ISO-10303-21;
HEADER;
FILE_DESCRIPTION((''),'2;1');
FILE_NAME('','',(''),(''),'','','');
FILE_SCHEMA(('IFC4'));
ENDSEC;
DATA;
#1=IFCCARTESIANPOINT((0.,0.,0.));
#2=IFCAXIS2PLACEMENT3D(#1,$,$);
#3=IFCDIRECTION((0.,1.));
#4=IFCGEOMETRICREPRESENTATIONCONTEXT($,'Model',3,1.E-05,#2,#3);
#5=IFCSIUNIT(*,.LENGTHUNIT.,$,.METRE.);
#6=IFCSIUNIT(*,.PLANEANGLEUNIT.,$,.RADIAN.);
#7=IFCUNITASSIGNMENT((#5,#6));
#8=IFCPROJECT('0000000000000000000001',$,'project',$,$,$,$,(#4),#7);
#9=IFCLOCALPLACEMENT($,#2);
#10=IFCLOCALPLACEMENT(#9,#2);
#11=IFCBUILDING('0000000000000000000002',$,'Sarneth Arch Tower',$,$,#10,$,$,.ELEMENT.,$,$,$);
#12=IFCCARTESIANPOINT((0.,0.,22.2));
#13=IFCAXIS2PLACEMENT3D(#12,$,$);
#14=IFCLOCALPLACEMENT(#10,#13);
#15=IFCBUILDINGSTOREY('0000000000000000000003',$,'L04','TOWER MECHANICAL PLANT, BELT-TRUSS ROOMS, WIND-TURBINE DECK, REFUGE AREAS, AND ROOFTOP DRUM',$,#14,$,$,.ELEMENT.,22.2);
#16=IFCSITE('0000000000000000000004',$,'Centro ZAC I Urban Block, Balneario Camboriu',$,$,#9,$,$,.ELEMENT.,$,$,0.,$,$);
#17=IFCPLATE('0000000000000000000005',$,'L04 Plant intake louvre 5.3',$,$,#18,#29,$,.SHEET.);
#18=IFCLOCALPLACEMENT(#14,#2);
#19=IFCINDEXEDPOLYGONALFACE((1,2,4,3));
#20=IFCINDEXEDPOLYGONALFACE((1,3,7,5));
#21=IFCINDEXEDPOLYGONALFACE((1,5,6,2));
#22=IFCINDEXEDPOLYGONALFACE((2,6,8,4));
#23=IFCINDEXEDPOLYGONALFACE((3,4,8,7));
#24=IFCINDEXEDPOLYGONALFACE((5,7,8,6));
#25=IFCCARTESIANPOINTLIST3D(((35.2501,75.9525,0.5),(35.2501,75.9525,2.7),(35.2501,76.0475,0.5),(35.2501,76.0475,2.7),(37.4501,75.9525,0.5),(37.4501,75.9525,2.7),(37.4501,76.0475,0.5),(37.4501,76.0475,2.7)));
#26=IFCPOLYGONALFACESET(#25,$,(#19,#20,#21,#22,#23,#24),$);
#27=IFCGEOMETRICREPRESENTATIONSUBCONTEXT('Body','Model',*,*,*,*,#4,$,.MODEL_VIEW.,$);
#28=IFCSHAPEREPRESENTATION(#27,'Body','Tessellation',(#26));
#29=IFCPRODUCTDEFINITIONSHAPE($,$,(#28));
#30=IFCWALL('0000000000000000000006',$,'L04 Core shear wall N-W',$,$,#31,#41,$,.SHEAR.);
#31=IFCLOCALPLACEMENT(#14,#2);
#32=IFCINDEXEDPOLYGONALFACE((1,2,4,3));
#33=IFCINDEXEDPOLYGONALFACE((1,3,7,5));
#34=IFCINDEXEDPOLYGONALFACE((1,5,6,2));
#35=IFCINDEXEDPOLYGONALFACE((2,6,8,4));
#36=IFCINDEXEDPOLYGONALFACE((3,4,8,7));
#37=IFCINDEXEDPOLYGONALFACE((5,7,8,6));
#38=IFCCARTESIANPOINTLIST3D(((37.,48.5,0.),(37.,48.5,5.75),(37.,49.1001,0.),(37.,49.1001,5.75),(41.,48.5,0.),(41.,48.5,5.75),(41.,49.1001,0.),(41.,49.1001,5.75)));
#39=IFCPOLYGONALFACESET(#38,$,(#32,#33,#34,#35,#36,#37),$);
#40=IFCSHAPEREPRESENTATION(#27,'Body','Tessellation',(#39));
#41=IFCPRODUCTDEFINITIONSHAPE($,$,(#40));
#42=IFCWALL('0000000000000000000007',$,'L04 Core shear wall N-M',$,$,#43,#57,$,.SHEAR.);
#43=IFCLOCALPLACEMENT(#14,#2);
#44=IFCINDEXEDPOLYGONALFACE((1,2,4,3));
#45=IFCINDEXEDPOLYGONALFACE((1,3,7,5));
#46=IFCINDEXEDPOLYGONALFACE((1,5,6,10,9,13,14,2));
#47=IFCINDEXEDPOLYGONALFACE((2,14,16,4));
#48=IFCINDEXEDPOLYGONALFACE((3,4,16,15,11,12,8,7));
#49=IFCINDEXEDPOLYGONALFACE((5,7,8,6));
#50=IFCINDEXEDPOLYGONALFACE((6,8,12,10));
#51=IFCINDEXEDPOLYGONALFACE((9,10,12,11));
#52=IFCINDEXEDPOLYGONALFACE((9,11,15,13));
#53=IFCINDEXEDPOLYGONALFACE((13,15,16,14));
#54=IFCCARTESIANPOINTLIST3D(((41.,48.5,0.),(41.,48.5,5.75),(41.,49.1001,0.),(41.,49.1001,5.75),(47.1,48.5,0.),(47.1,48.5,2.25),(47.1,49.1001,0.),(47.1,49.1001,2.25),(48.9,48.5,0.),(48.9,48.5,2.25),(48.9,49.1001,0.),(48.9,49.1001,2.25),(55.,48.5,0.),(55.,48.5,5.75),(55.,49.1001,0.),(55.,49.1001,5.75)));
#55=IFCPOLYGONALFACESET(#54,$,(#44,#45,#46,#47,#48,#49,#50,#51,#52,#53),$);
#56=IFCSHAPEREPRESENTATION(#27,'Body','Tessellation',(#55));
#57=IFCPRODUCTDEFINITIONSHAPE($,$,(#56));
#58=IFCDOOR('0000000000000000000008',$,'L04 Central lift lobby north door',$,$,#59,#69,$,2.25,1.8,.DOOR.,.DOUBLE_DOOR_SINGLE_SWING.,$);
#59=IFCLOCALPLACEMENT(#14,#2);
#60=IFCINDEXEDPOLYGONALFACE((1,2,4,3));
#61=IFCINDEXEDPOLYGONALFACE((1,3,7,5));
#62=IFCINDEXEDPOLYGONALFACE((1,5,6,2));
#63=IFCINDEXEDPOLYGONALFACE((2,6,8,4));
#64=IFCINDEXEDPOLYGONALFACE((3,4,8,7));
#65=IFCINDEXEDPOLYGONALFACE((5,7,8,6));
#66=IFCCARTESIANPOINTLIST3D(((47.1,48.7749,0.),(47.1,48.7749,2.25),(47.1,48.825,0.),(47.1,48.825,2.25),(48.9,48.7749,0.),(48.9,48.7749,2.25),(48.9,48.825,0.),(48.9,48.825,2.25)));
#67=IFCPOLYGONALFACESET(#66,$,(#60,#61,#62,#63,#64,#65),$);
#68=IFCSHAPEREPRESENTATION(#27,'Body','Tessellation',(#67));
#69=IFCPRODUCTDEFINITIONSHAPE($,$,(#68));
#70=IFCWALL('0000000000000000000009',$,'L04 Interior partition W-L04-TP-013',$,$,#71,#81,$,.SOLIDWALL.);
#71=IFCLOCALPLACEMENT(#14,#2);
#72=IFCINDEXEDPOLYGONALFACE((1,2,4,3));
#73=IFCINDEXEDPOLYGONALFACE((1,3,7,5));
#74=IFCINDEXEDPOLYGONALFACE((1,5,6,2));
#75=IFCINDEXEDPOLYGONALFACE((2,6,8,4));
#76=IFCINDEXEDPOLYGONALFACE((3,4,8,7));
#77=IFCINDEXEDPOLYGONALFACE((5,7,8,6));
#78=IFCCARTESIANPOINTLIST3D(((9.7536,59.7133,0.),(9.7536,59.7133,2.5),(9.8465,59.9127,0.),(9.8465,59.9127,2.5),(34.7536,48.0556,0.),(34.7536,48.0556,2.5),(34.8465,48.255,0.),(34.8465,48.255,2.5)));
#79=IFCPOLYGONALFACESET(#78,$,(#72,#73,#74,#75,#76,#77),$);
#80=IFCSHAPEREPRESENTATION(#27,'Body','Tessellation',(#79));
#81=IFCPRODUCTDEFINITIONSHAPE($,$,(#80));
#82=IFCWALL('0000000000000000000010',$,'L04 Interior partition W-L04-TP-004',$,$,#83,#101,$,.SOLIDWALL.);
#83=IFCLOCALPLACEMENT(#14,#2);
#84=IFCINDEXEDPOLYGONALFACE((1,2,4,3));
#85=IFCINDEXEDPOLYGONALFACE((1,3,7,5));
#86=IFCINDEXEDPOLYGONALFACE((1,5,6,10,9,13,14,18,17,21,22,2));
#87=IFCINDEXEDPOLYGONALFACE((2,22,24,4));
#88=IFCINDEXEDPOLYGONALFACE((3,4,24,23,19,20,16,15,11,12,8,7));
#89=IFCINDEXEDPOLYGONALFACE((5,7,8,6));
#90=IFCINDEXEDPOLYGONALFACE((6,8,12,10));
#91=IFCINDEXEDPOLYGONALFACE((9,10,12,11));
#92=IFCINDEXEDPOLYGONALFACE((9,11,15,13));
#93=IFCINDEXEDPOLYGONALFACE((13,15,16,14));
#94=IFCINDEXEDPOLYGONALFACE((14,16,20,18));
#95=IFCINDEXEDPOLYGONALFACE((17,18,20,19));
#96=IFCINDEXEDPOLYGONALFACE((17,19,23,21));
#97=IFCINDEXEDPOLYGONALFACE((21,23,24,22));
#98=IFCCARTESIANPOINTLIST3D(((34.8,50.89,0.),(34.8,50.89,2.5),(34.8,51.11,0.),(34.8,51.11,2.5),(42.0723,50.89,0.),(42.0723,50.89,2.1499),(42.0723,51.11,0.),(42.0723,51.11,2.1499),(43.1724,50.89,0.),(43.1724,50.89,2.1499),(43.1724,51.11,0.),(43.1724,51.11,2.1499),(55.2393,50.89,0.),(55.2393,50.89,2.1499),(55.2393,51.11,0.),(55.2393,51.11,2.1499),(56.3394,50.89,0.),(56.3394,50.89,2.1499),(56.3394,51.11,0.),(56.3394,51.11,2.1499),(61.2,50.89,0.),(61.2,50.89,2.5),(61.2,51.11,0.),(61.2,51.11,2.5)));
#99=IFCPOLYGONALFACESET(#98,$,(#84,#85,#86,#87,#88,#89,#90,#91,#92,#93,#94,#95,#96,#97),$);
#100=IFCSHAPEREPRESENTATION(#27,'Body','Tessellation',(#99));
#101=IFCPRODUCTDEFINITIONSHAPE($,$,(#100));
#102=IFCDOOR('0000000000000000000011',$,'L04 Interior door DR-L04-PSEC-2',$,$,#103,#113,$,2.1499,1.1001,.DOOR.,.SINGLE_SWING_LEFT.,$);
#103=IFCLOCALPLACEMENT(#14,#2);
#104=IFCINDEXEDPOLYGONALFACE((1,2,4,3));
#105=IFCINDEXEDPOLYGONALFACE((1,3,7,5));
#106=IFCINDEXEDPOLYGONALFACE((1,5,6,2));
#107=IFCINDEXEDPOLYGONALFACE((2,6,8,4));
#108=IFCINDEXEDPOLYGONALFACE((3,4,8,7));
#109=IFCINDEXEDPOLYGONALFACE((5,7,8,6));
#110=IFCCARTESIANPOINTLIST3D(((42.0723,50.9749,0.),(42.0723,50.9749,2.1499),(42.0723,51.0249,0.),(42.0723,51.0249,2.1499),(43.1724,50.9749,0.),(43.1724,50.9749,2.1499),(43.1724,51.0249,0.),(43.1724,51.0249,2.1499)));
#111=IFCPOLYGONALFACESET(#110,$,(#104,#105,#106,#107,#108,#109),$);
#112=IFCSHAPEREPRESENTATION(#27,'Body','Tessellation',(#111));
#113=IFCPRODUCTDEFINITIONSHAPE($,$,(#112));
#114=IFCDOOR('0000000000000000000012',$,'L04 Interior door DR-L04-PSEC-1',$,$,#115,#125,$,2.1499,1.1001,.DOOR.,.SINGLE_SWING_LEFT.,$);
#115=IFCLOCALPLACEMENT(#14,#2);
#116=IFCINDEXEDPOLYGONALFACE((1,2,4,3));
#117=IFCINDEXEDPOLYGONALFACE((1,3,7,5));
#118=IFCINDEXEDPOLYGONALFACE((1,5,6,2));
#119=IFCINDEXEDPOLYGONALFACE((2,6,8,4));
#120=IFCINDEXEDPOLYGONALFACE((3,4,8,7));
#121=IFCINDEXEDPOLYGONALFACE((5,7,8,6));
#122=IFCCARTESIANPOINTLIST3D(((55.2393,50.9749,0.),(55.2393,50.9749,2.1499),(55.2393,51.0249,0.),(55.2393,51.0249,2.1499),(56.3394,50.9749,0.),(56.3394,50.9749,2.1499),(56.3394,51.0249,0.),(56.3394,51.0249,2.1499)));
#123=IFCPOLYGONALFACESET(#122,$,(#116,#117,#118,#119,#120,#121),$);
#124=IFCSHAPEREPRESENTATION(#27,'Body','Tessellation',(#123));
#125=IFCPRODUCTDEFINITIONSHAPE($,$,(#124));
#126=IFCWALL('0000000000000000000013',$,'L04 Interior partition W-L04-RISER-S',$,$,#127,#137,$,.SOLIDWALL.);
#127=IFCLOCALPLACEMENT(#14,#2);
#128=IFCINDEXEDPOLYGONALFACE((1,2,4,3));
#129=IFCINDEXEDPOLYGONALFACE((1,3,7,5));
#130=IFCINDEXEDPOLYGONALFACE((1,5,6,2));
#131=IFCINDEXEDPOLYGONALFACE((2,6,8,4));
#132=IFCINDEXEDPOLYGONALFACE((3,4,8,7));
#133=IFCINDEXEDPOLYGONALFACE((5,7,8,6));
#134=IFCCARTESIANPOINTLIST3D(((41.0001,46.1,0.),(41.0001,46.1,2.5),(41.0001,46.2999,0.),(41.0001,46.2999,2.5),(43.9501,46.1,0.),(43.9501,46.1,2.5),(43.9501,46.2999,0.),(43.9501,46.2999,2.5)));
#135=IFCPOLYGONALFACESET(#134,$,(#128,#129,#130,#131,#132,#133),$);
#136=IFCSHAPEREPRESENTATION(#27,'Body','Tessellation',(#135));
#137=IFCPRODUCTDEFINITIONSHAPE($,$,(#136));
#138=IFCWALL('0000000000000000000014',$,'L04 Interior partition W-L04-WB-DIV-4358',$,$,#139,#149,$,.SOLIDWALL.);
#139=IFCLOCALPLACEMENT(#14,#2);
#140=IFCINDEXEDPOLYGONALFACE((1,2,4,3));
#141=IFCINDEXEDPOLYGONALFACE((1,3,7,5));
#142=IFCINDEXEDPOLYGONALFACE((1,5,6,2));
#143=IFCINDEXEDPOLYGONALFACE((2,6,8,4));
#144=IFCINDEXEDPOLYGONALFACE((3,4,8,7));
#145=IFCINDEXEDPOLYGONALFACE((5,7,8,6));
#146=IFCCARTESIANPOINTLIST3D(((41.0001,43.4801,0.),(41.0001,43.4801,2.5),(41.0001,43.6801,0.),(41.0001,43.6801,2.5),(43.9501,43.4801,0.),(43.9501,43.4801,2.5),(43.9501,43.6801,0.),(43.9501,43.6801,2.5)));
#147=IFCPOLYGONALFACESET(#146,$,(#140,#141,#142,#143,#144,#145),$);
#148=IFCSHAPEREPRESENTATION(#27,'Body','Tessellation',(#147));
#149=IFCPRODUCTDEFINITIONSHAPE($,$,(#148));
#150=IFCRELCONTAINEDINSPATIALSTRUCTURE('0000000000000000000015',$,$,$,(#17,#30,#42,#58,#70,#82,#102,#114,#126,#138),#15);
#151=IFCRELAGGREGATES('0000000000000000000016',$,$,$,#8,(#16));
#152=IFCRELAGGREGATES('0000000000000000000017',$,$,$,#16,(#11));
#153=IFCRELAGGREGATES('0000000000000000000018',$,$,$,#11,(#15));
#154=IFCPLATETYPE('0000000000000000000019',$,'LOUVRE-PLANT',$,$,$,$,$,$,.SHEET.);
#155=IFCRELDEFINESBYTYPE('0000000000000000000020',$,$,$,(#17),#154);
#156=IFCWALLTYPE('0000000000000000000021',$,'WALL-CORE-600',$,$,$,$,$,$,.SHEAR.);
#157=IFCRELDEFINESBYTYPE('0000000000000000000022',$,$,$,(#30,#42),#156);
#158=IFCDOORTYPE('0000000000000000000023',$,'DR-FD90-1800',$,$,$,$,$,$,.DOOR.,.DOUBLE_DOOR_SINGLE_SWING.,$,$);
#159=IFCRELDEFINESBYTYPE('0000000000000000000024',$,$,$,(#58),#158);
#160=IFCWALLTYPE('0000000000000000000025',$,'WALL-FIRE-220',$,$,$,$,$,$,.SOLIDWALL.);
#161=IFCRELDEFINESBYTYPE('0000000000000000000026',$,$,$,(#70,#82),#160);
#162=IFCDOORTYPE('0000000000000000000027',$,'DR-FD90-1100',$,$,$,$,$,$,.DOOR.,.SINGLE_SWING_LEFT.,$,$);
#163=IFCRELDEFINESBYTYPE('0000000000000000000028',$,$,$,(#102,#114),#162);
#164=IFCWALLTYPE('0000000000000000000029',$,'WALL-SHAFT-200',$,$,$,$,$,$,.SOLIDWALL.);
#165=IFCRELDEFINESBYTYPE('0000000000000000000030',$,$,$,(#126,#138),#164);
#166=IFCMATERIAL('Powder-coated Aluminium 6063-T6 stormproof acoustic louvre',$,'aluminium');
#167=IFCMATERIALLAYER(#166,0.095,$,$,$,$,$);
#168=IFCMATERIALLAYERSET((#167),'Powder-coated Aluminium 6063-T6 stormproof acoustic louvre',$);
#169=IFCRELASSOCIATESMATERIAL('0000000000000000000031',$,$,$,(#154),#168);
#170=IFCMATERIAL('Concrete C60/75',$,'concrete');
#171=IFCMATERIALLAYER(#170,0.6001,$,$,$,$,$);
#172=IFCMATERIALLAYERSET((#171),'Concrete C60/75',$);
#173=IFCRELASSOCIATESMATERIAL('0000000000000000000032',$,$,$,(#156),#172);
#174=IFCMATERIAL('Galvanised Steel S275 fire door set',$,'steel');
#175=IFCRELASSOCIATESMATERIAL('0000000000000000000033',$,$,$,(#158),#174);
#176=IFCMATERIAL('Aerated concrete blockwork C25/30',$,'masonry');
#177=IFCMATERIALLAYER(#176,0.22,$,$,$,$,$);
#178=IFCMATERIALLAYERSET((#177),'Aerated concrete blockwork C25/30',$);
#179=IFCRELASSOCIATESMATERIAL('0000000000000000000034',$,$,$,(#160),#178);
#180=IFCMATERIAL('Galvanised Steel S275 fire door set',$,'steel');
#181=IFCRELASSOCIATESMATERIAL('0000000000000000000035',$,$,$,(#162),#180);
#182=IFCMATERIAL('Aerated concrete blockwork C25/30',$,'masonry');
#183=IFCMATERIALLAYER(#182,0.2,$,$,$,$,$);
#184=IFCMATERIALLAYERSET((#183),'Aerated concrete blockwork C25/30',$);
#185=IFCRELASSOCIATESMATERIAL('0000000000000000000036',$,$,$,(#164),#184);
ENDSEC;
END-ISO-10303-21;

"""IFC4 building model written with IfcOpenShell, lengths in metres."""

from ifc_helpers import new_model, si_unit, direction, frame, frame_2d, origin, origin_2d, place, context, subcontext, project, spatial, rectangle, extrude, material, layer, layer_set, type_object, element, fill, save


model = new_model("IFC4")

# Units and contexts
model_context = context("Model", 3, precision=1e-05, world=origin(), true_north=direction((0.0, 1.0)))
body_context = subcontext(model_context, "Body", "Model", "MODEL_VIEW")
ifc_project = project(units=[si_unit("LENGTHUNIT", "METRE"), si_unit("PLANEANGLEUNIT", "RADIAN")], contexts=[model_context])

# Site, building, storey
site_placement = place(None, origin())
site = spatial("IfcSite", under=ifc_project, at=site_placement, Name="Centro ZAC I Urban Block, Balneario Camboriu", CompositionType="ELEMENT", RefElevation=0.0)
building_placement = place(site_placement, origin())
building = spatial("IfcBuilding", under=site, at=building_placement, Name="Sarneth Arch Tower", CompositionType="ELEMENT")
storey_placement = place(building_placement, frame((0.0, 0.0, 22.2)))
storey = spatial("IfcBuildingStorey", under=building, at=storey_placement, Name="L04", Description="TOWER MECHANICAL PLANT, BELT-TRUSS ROOMS, WIND-TURBINE DECK, REFUGE AREAS, AND ROOFTOP DRUM", CompositionType="ELEMENT", Elevation=22.2)

# Plate
ifc_material_1 = material(Name="Powder-coated Aluminium 6063-T6 stormproof acoustic louvre", Category="aluminium")
ifc_layer_1 = layer(ifc_material_1, 0.095)
ifc_layer_set_1 = layer_set([ifc_layer_1], Name="Powder-coated Aluminium 6063-T6 stormproof acoustic louvre")
plate_type = type_object("IfcPlateType", Name="LOUVRE-PLANT", PredefinedType="SHEET", material=ifc_layer_set_1)
plate_placement = place(storey_placement, frame((36.3501, 76.0, 0.5), z_axis=(0.0, 0.0, 1.0), x_axis=(-1.0, 0.0, 0.0)))
element("IfcPlate", 1, at=plate_placement, inside=storey, type_object=plate_type, Name="L04 Plant intake louvre 5.3", PredefinedType="SHEET", context=body_context, shape_type="SweptSolid", body=[
    extrude(rectangle(XDim=2.2, YDim=0.095, at=origin_2d()), origin(), (0.0, 0.0, 1.0), 2.2),
])

# Wall
ifc_material_2 = material(Name="Concrete C60/75", Category="concrete")
ifc_layer_2 = layer(ifc_material_2, 0.6001)
ifc_layer_set_2 = layer_set([ifc_layer_2], Name="Concrete C60/75")
wall_type_1 = type_object("IfcWallType", Name="WALL-CORE-600", PredefinedType="SHEAR", material=ifc_layer_set_2)
wall_1_placement = place(storey_placement, frame((37.0, 48.8, 0.0), z_axis=(0.0, 0.0, 1.0), x_axis=(1.0, 0.0, 0.0)))
element("IfcWall", 2, at=wall_1_placement, inside=storey, type_object=wall_type_1, Name="L04 Core shear wall N-W", PredefinedType="SHEAR", context=body_context, shape_type="SweptSolid", body=[
    extrude(rectangle(XDim=4.0, YDim=0.6001, at=frame_2d((2.0, 0.0))), origin(), (0.0, 0.0, 1.0), 5.75),
])

# Wall, opening, door
wall_2_placement = place(storey_placement, frame((41.0, 48.8, 0.0), z_axis=(0.0, 0.0, 1.0), x_axis=(1.0, 0.0, 0.0)))
wall_2 = element("IfcWall", 3, at=wall_2_placement, inside=storey, type_object=wall_type_1, Name="L04 Core shear wall N-M", PredefinedType="SHEAR", context=body_context, shape_type="SweptSolid", body=[
    extrude(rectangle(XDim=14.0, YDim=0.6001, at=frame_2d((7.0, 0.0))), origin(), (0.0, 0.0, 1.0), 5.75),
])
opening_1_placement = place(wall_2_placement, frame((6.1001, 0.0, 0.0)))
opening_1 = element("IfcOpeningElement", 4, at=opening_1_placement, cuts=wall_2, PredefinedType="OPENING", context=body_context, shape_type="SweptSolid", body=[
    extrude(rectangle(XDim=1.8, YDim=2.25, at=frame_2d((0.8999, 1.125))), frame((0.0, 0.3101, 0.0), z_axis=(0.0, -1.0, 0.0), x_axis=(1.0, 0.0, 0.0)), (0.0, 0.0, 1.0), 0.6201),
])
ifc_material_3 = material(Name="Galvanised Steel S275 fire door set", Category="steel")
door_type_1 = type_object("IfcDoorType", Name="DR-FD90-1800", OperationType="DOUBLE_DOOR_SINGLE_SWING", PredefinedType="DOOR", material=ifc_material_3)
door_1_placement = place(opening_1_placement, origin())
door_1 = element("IfcDoor", 5, at=door_1_placement, inside=storey, type_object=door_type_1, Name="L04 Central lift lobby north door", OperationType="DOUBLE_DOOR_SINGLE_SWING", OverallHeight=2.25, OverallWidth=1.8, PredefinedType="DOOR", context=body_context, shape_type="SweptSolid", body=[
    extrude(rectangle(XDim=1.8, YDim=2.25, at=frame_2d((0.8999, 1.125))), frame((0.0, 0.0249, 0.0), z_axis=(0.0, -1.0, 0.0), x_axis=(1.0, 0.0, 0.0)), (0.0, 0.0, 1.0), 0.05),
])
fill(opening_1, door_1)

# Wall
ifc_material_4 = material(Name="Aerated concrete blockwork C25/30", Category="masonry")
ifc_layer_3 = layer(ifc_material_4, 0.22)
ifc_layer_set_3 = layer_set([ifc_layer_3], Name="Aerated concrete blockwork C25/30")
wall_type_2 = type_object("IfcWallType", Name="WALL-FIRE-220", PredefinedType="SOLIDWALL", material=ifc_layer_set_3)
wall_3_placement = place(storey_placement, frame((34.8, 48.1553, 0.0), z_axis=(0.0, 0.0, 1.0), x_axis=(-0.906307, 0.422619, 0.0)))
element("IfcWall", 6, at=wall_3_placement, inside=storey, type_object=wall_type_2, Name="L04 Interior partition W-L04-TP-013", PredefinedType="SOLIDWALL", context=body_context, shape_type="SweptSolid", body=[
    extrude(rectangle(XDim=27.5845, YDim=0.22, at=frame_2d((13.7922, 0.0))), origin(), (0.0, 0.0, 1.0), 2.5),
])

# Wall, openings, doors
wall_4_placement = place(storey_placement, frame((34.8, 51.0, 0.0), z_axis=(0.0, 0.0, 1.0), x_axis=(1.0, 0.0, 0.0)))
wall_4 = element("IfcWall", 7, at=wall_4_placement, inside=storey, type_object=wall_type_2, Name="L04 Interior partition W-L04-TP-004", PredefinedType="SOLIDWALL", context=body_context, shape_type="SweptSolid", body=[
    extrude(rectangle(XDim=26.3999, YDim=0.22, at=frame_2d((13.2, 0.0))), origin(), (0.0, 0.0, 1.0), 2.5),
])
opening_2_placement = place(wall_4_placement, frame((7.2722, 0.0, 0.0)))
opening_2 = element("IfcOpeningElement", 8, at=opening_2_placement, cuts=wall_4, PredefinedType="OPENING", context=body_context, shape_type="SweptSolid", body=[
    extrude(rectangle(XDim=1.1001, YDim=2.1499, at=frame_2d((0.55, 1.075))), frame((0.0, 0.1199, 0.0), z_axis=(0.0, -1.0, 0.0), x_axis=(1.0, 0.0, 0.0)), (0.0, 0.0, 1.0), 0.24),
])
opening_3_placement = place(wall_4_placement, frame((20.4392, 0.0, 0.0)))
opening_3 = element("IfcOpeningElement", 9, at=opening_3_placement, cuts=wall_4, PredefinedType="OPENING", context=body_context, shape_type="SweptSolid", body=[
    extrude(rectangle(XDim=1.1001, YDim=2.1499, at=frame_2d((0.55, 1.075))), frame((0.0, 0.1199, 0.0), z_axis=(0.0, -1.0, 0.0), x_axis=(1.0, 0.0, 0.0)), (0.0, 0.0, 1.0), 0.24),
])
ifc_material_5 = material(Name="Galvanised Steel S275 fire door set", Category="steel")
door_type_2 = type_object("IfcDoorType", Name="DR-FD90-1100", OperationType="SINGLE_SWING_LEFT", PredefinedType="DOOR", material=ifc_material_5)
door_2_placement = place(opening_2_placement, origin())
door_2 = element("IfcDoor", 10, at=door_2_placement, inside=storey, type_object=door_type_2, Name="L04 Interior door DR-L04-PSEC-2", OperationType="SINGLE_SWING_LEFT", OverallHeight=2.1499, OverallWidth=1.1001, PredefinedType="DOOR", context=body_context, shape_type="SweptSolid", body=[
    extrude(rectangle(XDim=1.1001, YDim=2.1499, at=frame_2d((0.55, 1.075))), frame((0.0, 0.0249, 0.0), z_axis=(0.0, -1.0, 0.0), x_axis=(1.0, 0.0, 0.0)), (0.0, 0.0, 1.0), 0.05),
])
fill(opening_2, door_2)
door_3_placement = place(opening_3_placement, origin())
door_3 = element("IfcDoor", 11, at=door_3_placement, inside=storey, type_object=door_type_2, Name="L04 Interior door DR-L04-PSEC-1", OperationType="SINGLE_SWING_LEFT", OverallHeight=2.1499, OverallWidth=1.1001, PredefinedType="DOOR", context=body_context, shape_type="SweptSolid", body=[
    extrude(rectangle(XDim=1.1001, YDim=2.1499, at=frame_2d((0.55, 1.075))), frame((0.0, 0.0249, 0.0), z_axis=(0.0, -1.0, 0.0), x_axis=(1.0, 0.0, 0.0)), (0.0, 0.0, 1.0), 0.05),
])
fill(opening_3, door_3)

# Wall
ifc_material_6 = material(Name="Aerated concrete blockwork C25/30", Category="masonry")
ifc_layer_4 = layer(ifc_material_6, 0.2)
ifc_layer_set_4 = layer_set([ifc_layer_4], Name="Aerated concrete blockwork C25/30")
wall_type_3 = type_object("IfcWallType", Name="WALL-SHAFT-200", PredefinedType="SOLIDWALL", material=ifc_layer_set_4)
wall_5_placement = place(storey_placement, frame((41.0, 46.2, 0.0), z_axis=(0.0, 0.0, 1.0), x_axis=(1.0, 0.0, 0.0)))
element("IfcWall", 12, at=wall_5_placement, inside=storey, type_object=wall_type_3, Name="L04 Interior partition W-L04-RISER-S", PredefinedType="SOLIDWALL", context=body_context, shape_type="SweptSolid", body=[
    extrude(rectangle(XDim=2.95, YDim=0.2, at=frame_2d((1.4751, 0.0))), origin(), (0.0, 0.0, 1.0), 2.5),
])

# Wall
wall_6_placement = place(storey_placement, frame((41.0, 43.5801, 0.0), z_axis=(0.0, 0.0, 1.0), x_axis=(1.0, 0.0, 0.0)))
element("IfcWall", 13, at=wall_6_placement, inside=storey, type_object=wall_type_3, Name="L04 Interior partition W-L04-WB-DIV-4358", PredefinedType="SOLIDWALL", context=body_context, shape_type="SweptSolid", body=[
    extrude(rectangle(XDim=2.95, YDim=0.2, at=frame_2d((1.4751, 0.0))), origin(), (0.0, 0.0, 1.0), 2.5),
])

save(model, "model.ifc")
